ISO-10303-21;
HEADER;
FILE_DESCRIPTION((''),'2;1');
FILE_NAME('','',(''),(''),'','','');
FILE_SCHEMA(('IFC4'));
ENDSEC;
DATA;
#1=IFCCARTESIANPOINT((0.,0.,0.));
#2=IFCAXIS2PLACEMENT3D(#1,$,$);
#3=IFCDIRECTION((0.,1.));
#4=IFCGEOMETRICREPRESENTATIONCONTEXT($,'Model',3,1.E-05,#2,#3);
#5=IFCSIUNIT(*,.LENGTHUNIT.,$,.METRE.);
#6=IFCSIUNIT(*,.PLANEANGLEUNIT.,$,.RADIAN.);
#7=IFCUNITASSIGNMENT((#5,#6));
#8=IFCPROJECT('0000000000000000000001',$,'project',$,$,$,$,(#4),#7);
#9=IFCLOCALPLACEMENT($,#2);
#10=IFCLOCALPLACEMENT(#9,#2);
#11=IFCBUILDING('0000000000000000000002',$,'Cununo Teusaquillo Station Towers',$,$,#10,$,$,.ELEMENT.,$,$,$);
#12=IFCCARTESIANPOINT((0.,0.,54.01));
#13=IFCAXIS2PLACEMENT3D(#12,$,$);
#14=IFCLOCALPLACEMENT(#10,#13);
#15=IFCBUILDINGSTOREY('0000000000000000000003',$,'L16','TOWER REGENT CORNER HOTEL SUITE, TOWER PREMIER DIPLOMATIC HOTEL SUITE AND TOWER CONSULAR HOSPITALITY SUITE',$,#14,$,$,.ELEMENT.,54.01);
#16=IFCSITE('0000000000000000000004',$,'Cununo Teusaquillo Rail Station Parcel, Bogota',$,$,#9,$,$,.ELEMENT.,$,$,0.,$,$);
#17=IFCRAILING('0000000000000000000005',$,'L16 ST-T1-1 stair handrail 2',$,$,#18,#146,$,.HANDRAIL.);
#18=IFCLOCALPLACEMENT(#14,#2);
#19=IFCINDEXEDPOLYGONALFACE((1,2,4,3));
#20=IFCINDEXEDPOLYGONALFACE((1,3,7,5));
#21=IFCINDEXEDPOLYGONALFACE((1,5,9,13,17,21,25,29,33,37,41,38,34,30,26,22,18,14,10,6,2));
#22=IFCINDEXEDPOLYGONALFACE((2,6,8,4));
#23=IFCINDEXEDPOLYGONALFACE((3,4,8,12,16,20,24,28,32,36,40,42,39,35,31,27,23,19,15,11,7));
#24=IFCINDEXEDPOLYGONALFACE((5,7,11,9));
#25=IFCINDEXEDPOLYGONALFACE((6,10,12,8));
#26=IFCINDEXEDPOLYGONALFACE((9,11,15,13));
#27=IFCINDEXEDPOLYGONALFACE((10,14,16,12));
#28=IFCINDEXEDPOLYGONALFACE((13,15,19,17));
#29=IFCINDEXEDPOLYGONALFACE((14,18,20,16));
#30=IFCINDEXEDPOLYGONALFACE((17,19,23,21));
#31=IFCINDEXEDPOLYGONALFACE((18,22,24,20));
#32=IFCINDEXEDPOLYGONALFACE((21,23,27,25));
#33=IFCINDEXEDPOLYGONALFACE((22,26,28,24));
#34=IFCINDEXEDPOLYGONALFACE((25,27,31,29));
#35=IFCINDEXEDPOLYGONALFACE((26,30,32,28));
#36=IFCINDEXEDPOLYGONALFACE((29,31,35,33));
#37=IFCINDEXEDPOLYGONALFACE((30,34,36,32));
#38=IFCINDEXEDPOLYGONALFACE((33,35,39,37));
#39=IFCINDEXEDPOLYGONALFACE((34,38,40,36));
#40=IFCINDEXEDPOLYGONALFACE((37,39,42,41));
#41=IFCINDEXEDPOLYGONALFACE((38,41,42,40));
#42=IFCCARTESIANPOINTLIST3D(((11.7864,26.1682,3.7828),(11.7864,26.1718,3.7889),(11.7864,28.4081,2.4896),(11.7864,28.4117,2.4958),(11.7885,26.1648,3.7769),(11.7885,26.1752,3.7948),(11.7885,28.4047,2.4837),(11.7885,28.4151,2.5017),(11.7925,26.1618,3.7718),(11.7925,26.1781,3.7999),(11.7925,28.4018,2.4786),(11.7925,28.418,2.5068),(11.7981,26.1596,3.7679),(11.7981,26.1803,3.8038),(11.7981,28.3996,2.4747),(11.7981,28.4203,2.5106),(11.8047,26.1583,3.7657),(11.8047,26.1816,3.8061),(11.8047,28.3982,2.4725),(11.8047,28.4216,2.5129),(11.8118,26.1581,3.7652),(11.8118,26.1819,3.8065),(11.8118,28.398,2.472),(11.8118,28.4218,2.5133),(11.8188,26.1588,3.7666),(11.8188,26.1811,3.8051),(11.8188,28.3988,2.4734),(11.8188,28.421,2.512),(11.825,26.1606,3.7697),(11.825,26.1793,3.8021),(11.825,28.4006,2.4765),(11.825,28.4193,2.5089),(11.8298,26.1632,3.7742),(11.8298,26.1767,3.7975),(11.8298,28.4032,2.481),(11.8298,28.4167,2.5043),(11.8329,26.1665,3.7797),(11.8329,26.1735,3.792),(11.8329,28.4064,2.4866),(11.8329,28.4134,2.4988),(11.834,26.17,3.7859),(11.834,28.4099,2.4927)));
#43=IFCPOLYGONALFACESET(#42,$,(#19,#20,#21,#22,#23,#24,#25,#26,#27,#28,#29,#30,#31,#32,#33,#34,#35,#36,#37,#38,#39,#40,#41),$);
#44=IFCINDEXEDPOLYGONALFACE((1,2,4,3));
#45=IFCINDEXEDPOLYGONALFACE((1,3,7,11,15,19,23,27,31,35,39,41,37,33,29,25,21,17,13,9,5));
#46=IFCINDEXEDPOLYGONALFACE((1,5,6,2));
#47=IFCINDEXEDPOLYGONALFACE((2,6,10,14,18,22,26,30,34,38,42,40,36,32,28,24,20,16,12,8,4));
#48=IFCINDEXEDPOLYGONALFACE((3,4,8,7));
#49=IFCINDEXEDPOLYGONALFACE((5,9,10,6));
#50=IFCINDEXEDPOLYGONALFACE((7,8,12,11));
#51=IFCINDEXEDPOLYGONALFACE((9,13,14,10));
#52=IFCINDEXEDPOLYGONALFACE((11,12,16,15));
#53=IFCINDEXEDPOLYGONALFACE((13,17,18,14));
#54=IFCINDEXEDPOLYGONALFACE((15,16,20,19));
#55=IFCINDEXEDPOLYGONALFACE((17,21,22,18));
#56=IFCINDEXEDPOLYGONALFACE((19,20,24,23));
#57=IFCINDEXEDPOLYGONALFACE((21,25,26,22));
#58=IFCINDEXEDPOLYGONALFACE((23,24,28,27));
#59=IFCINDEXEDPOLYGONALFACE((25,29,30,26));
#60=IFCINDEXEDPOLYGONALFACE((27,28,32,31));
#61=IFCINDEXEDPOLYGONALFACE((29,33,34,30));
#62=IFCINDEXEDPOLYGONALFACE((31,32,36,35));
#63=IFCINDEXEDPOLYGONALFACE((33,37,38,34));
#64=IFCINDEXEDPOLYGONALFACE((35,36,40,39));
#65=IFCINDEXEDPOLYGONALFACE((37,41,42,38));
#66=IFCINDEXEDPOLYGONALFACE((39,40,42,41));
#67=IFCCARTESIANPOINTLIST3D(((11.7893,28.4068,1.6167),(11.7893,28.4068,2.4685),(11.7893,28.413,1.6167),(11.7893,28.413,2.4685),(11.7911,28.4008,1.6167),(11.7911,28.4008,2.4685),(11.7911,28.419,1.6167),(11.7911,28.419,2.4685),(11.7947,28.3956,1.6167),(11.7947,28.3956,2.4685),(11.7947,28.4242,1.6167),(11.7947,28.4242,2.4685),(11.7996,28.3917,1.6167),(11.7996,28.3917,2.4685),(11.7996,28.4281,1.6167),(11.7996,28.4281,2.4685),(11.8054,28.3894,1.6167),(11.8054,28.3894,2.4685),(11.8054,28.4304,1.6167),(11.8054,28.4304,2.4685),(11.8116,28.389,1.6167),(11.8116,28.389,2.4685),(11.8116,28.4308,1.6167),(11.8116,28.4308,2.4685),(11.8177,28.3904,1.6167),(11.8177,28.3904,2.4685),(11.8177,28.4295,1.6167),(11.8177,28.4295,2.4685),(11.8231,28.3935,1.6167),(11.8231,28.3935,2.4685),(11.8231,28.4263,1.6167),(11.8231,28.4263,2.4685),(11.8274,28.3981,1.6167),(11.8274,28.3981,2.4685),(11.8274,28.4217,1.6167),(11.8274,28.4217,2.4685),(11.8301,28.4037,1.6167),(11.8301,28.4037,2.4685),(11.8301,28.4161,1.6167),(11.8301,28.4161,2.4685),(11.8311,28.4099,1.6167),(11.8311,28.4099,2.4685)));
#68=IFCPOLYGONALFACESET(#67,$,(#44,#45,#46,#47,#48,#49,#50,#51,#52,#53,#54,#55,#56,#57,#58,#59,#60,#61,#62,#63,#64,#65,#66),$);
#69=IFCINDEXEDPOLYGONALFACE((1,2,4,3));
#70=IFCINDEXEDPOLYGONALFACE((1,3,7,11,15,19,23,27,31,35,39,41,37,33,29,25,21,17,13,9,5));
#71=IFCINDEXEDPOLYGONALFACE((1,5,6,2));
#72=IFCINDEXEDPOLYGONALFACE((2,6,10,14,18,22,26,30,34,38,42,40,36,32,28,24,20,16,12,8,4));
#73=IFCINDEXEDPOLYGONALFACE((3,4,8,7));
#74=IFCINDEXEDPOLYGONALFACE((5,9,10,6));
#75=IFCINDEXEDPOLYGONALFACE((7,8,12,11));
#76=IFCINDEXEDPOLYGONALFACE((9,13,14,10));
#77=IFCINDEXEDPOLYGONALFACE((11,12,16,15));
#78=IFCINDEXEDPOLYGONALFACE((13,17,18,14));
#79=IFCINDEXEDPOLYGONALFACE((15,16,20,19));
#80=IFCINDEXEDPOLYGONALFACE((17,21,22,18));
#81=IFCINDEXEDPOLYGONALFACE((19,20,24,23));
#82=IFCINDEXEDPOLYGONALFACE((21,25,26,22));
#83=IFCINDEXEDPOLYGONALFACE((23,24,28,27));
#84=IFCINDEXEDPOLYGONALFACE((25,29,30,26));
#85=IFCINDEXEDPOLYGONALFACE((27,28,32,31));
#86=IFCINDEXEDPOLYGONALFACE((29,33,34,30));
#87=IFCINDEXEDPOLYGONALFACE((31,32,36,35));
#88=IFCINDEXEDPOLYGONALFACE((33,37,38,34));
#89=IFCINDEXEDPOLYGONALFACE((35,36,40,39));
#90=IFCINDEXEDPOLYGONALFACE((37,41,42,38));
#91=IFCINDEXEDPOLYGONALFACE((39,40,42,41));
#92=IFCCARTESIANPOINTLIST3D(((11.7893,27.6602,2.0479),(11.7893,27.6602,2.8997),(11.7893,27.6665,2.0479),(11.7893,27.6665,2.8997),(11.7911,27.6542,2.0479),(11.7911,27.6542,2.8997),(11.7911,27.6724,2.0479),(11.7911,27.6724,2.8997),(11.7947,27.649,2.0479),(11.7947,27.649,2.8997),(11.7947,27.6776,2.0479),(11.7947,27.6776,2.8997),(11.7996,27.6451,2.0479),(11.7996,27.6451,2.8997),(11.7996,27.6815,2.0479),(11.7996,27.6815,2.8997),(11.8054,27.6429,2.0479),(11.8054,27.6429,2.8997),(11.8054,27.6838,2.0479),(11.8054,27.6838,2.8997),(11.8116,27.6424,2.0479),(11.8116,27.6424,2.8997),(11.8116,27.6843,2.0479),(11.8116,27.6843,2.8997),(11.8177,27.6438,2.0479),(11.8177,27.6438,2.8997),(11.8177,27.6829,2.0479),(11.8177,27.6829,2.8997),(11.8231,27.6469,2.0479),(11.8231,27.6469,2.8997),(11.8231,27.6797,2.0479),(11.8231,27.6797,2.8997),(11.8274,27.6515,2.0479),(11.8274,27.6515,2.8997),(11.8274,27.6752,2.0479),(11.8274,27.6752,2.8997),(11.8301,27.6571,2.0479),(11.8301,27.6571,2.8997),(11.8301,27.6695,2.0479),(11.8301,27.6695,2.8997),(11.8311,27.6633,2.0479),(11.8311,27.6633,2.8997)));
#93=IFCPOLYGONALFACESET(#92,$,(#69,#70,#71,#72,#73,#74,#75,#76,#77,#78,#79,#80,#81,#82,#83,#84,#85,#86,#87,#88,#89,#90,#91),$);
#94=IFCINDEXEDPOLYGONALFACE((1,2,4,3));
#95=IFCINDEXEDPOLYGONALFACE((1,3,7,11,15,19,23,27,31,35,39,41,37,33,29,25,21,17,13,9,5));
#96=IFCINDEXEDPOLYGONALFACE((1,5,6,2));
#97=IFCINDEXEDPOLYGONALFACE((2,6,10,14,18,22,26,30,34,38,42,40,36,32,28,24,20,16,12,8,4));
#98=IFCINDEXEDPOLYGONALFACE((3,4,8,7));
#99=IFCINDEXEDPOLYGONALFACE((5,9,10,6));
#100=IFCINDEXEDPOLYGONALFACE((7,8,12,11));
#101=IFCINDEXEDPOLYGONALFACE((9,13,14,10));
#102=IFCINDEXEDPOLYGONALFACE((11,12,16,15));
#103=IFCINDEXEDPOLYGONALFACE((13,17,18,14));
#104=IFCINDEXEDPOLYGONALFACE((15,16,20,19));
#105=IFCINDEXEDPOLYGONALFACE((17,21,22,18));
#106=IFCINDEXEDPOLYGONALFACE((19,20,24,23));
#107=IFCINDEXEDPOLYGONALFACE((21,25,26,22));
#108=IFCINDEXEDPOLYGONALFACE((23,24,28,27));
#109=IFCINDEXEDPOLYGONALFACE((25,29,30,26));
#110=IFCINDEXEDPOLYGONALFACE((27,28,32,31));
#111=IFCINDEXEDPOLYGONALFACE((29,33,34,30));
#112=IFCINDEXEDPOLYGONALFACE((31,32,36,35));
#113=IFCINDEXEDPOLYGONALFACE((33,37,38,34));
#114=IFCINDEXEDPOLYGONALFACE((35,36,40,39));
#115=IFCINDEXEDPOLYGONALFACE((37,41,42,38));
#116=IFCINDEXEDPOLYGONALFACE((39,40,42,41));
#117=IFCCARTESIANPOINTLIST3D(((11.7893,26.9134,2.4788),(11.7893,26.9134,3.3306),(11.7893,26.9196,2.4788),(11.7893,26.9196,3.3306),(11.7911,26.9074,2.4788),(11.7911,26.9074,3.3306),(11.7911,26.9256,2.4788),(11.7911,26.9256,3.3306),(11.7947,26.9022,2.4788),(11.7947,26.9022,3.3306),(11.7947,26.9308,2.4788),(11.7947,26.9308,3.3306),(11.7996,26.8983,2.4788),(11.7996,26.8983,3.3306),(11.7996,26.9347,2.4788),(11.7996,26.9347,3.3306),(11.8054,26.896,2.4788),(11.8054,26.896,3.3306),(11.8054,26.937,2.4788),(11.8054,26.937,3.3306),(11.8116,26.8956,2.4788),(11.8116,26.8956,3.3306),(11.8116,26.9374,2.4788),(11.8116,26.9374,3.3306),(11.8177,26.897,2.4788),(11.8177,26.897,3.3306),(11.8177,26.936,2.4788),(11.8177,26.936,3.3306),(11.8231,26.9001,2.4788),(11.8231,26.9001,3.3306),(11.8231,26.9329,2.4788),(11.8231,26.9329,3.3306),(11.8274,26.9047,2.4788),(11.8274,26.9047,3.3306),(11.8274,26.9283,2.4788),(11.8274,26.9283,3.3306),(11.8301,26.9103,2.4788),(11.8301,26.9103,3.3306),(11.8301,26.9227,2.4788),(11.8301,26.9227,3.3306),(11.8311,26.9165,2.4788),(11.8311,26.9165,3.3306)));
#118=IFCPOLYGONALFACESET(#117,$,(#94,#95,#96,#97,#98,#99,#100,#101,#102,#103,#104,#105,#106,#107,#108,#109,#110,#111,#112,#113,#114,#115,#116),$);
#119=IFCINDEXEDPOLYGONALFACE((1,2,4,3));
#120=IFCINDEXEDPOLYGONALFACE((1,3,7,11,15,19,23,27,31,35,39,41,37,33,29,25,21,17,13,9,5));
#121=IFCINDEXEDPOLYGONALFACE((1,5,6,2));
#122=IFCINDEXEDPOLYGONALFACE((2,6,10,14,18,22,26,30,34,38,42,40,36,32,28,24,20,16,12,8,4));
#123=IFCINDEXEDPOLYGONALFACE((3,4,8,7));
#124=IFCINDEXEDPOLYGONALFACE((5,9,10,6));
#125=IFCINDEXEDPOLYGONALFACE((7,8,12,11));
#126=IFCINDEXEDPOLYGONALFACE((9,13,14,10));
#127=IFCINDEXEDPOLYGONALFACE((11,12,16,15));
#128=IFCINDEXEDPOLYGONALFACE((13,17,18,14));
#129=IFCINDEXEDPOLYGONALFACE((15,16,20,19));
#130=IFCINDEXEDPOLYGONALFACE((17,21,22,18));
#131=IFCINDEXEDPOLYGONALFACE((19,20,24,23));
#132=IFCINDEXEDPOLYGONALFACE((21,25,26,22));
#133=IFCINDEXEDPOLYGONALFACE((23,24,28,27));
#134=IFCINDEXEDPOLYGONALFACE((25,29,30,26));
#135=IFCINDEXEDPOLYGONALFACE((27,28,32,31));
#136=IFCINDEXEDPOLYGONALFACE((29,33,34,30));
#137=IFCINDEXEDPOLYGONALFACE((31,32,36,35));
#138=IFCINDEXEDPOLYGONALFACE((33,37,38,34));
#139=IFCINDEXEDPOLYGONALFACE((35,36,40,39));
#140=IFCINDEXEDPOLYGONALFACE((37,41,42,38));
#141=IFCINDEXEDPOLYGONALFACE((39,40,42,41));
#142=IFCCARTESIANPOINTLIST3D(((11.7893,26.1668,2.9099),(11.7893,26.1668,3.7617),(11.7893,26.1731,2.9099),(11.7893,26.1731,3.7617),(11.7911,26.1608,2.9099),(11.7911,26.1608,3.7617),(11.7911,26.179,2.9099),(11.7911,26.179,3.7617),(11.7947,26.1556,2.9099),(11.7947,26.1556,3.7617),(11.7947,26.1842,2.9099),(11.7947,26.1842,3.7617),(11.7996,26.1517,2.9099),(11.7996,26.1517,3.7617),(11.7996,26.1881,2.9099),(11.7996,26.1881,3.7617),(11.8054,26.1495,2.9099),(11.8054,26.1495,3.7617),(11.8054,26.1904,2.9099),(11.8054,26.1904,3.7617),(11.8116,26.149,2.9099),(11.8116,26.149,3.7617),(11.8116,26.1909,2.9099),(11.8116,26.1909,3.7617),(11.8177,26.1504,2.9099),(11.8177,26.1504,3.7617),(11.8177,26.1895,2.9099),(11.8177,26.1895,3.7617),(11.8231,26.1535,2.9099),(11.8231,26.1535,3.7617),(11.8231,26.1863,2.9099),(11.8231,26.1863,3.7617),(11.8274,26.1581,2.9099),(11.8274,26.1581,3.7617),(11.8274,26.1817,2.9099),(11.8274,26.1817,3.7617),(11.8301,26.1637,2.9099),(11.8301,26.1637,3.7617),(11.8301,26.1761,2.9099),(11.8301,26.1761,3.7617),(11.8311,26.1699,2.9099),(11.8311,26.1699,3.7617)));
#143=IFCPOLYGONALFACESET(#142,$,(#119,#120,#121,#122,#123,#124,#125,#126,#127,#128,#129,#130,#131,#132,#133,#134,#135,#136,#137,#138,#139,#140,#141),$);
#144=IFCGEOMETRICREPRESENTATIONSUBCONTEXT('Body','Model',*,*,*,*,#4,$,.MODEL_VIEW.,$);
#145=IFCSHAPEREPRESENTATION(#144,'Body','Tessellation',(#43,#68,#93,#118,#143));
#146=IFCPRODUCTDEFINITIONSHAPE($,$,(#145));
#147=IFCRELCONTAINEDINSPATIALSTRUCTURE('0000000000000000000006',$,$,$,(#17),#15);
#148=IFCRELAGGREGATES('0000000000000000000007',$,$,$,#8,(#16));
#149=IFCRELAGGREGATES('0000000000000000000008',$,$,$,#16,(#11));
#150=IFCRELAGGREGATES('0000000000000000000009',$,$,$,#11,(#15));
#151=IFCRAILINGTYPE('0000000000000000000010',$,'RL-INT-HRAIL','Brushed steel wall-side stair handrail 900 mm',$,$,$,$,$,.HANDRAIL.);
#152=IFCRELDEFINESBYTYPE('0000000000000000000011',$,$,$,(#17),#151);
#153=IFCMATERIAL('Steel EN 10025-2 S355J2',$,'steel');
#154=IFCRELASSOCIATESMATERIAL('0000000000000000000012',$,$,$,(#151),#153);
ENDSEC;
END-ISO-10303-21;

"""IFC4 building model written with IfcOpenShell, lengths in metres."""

from ifc_helpers import new_model, si_unit, direction, frame, origin, origin_2d, place, context, subcontext, project, spatial, circle, extrude, material, type_object, element, save


model = new_model("IFC4")

# Units and contexts
model_context = context("Model", 3, precision=1e-05, world=origin(), true_north=direction((0.0, 1.0)))
body_context = subcontext(model_context, "Body", "Model", "MODEL_VIEW")
ifc_project = project(units=[si_unit("LENGTHUNIT", "METRE"), si_unit("PLANEANGLEUNIT", "RADIAN")], contexts=[model_context])

# Site, building, storey
site_placement = place(None, origin())
site = spatial("IfcSite", under=ifc_project, at=site_placement, Name="Cununo Teusaquillo Rail Station Parcel, Bogota", CompositionType="ELEMENT", RefElevation=0.0)
building_placement = place(site_placement, origin())
building = spatial("IfcBuilding", under=site, at=building_placement, Name="Cununo Teusaquillo Station Towers", CompositionType="ELEMENT")
storey_placement = place(building_placement, frame((0.0, 0.0, 54.01)))
storey = spatial("IfcBuildingStorey", under=building, at=storey_placement, Name="L16", Description="TOWER REGENT CORNER HOTEL SUITE, TOWER PREMIER DIPLOMATIC HOTEL SUITE AND TOWER CONSULAR HOSPITALITY SUITE", CompositionType="ELEMENT", Elevation=54.01)

# Railing
ifc_material_1 = material(Name="Steel EN 10025-2 S355J2", Category="steel")
railing_type_1 = type_object("IfcRailingType", Name="RL-INT-HRAIL", Description="Brushed steel wall-side stair handrail 900 mm", PredefinedType="HANDRAIL", material=ifc_material_1)
railing_1_placement = place(storey_placement, frame((11.8101, 28.4099, 1.6167)))
element("IfcRailing", 1, at=railing_1_placement, inside=storey, type_object=railing_type_1, Name="L16 ST-T1-1 stair handrail 2", PredefinedType="HANDRAIL", context=body_context, shape_type="SweptSolid", body=[
    extrude(circle(Radius=0.0239, at=origin_2d()), frame((0.0, 0.0, 0.876), z_axis=(0.0, -0.866033, 0.499987), x_axis=(1.0, 0.0, 0.0)), (0.0, 0.0, 1.0), 2.5864),
    extrude(circle(Radius=0.021, at=origin_2d()), origin(), (0.0, 0.0, 1.0), 0.8518),
    extrude(circle(Radius=0.021, at=origin_2d()), frame((0.0, -0.7466, 0.4312)), (0.0, 0.0, 1.0), 0.8518),
    extrude(circle(Radius=0.021, at=origin_2d()), frame((0.0, -1.4934, 0.8621)), (0.0, 0.0, 1.0), 0.8518),
    extrude(circle(Radius=0.021, at=origin_2d()), frame((0.0, -2.24, 1.2932)), (0.0, 0.0, 1.0), 0.8518),
])

save(model, "model.ifc")
